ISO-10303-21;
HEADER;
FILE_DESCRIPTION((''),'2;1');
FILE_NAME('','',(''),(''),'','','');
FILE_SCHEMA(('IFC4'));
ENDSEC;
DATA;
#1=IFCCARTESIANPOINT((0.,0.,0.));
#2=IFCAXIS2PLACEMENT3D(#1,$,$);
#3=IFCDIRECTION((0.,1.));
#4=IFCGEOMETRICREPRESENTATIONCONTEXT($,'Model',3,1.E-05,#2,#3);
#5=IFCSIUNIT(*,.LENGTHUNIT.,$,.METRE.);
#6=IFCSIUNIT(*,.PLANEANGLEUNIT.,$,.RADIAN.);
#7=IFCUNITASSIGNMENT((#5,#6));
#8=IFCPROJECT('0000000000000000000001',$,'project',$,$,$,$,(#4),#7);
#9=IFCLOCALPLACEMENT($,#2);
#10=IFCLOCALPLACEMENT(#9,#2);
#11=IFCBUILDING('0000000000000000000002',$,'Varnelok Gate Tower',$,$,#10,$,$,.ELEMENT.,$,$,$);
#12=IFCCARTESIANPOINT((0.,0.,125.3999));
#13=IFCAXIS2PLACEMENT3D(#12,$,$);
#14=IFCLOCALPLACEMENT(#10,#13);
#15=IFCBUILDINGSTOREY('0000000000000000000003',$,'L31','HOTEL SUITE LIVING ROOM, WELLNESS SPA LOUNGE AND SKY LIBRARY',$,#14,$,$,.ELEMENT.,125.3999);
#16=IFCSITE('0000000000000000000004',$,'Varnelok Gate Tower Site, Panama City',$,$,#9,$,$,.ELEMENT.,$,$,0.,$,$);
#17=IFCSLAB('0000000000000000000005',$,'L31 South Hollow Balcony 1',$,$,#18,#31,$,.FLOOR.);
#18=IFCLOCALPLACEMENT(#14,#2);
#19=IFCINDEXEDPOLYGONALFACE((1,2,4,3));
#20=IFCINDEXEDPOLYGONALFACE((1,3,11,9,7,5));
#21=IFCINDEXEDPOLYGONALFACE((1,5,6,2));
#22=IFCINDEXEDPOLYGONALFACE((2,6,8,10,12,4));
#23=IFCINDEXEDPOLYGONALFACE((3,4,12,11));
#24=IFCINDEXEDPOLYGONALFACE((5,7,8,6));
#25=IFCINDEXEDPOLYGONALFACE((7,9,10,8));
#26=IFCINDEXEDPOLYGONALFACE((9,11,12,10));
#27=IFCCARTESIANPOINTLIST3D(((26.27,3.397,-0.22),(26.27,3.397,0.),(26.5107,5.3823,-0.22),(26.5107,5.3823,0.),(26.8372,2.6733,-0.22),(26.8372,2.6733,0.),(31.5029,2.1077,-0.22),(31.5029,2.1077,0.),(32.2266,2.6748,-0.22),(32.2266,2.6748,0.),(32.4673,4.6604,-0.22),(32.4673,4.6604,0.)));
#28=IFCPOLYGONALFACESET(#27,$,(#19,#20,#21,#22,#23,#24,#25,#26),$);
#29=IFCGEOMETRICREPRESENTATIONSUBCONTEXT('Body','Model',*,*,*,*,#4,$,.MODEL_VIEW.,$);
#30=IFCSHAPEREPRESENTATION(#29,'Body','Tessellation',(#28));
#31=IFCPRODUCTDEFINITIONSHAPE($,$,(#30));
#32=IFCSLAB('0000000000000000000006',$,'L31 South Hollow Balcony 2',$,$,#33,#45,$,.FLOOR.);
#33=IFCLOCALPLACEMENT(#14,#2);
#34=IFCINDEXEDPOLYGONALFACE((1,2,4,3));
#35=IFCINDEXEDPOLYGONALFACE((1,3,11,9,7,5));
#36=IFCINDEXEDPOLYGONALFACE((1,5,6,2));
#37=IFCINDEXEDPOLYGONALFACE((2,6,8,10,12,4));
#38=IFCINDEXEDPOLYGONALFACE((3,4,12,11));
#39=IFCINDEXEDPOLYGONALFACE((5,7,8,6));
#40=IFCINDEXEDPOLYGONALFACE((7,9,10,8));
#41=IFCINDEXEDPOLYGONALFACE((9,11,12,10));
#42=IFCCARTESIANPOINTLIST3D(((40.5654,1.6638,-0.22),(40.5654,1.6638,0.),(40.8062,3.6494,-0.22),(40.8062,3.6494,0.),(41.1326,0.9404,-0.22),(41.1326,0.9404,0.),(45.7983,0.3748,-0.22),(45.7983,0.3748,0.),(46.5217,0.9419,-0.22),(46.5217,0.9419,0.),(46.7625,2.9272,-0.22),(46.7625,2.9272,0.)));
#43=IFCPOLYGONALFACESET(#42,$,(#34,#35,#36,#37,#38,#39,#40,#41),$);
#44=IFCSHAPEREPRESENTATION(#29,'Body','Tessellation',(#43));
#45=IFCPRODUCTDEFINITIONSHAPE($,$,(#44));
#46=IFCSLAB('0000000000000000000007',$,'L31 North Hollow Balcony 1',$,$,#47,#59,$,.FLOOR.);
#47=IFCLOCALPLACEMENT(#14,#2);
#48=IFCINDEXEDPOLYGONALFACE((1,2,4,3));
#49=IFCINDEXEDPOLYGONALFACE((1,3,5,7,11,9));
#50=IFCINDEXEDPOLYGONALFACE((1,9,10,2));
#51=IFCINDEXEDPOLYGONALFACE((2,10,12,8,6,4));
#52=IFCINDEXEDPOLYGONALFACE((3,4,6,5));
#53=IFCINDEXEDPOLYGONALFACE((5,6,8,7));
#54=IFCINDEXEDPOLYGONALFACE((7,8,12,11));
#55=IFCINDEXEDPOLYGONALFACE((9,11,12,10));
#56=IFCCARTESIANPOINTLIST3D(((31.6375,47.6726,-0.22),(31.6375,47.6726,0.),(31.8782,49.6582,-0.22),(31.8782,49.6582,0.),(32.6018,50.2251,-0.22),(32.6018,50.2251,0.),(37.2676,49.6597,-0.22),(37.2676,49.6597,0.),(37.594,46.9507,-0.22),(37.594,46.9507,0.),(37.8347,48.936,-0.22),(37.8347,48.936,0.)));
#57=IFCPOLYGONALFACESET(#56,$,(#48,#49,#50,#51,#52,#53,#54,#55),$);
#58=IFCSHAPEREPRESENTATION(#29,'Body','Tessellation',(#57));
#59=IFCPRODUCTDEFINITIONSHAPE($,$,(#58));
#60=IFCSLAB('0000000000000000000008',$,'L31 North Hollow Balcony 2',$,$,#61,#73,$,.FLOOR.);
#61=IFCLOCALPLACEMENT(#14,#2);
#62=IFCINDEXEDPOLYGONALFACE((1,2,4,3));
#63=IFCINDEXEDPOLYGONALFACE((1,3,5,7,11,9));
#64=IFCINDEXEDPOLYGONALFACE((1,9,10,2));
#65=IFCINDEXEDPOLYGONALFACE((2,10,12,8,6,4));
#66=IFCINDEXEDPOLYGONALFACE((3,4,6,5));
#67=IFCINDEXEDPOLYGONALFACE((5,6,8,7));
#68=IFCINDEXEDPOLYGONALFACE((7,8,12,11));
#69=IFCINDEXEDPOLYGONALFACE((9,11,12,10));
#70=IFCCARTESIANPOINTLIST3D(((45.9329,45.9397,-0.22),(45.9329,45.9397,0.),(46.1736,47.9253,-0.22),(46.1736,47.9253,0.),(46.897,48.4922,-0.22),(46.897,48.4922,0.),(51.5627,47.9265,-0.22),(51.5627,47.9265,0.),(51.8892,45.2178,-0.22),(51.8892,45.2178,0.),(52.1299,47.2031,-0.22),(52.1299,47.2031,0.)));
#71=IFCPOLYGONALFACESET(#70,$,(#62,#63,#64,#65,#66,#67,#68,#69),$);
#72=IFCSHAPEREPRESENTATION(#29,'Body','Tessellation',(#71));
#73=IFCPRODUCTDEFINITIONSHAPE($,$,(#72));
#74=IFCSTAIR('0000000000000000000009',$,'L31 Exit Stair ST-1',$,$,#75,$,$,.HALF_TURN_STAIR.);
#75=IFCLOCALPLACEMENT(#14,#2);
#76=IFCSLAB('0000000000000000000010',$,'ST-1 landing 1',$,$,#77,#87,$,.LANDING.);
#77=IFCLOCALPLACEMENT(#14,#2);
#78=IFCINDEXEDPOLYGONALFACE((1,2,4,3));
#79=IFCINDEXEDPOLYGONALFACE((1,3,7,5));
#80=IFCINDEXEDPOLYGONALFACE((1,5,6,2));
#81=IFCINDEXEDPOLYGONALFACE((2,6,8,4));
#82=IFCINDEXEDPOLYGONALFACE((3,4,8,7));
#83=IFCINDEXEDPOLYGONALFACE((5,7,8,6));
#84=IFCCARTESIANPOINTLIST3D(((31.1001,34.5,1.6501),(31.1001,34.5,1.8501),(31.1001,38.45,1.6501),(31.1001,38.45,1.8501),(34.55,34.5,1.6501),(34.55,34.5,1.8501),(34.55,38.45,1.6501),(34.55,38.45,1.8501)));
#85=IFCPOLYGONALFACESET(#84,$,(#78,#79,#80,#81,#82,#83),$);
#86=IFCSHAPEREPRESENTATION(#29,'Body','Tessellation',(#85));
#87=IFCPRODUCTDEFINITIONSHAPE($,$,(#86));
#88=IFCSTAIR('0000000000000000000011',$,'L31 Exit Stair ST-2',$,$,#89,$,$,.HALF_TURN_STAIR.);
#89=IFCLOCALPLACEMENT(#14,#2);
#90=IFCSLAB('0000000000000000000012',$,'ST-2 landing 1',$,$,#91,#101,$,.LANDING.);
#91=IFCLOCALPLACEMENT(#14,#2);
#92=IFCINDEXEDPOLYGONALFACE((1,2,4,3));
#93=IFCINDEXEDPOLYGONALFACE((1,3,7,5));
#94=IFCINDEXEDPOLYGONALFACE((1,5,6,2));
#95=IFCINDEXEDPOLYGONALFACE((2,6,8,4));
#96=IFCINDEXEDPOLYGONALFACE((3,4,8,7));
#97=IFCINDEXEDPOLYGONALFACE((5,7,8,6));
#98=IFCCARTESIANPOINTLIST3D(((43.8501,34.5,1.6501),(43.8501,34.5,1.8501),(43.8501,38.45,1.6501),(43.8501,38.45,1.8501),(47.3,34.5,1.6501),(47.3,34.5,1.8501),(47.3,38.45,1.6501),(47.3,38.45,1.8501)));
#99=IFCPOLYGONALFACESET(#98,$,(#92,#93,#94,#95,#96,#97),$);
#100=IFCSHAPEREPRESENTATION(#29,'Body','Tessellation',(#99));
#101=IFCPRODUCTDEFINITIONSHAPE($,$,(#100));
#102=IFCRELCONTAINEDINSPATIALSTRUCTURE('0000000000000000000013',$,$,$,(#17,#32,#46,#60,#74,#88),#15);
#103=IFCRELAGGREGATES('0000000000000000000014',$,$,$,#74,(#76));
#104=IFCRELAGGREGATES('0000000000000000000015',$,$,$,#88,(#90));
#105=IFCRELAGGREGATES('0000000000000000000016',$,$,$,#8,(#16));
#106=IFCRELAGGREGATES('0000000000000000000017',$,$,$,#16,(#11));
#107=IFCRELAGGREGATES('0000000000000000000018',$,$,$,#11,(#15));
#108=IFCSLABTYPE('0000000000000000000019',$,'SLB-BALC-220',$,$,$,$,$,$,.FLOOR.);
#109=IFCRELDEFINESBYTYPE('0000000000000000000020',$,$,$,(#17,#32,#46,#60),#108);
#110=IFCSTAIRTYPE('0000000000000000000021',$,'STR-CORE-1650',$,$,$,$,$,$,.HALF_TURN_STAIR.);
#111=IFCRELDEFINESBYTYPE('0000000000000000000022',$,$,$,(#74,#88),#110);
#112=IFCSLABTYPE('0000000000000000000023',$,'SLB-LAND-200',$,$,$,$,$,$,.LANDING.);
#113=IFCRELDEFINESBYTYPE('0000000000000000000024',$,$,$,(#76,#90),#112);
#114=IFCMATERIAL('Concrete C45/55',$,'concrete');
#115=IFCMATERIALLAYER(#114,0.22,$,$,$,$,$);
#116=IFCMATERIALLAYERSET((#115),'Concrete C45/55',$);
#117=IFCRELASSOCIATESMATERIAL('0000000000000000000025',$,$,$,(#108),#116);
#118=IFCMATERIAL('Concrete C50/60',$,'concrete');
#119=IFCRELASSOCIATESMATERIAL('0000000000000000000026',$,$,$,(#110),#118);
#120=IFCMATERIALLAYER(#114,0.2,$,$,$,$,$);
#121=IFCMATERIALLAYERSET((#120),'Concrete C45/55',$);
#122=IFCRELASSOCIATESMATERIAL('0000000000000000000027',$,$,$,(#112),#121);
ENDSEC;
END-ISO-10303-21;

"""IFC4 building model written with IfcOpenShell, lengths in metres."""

from ifc_helpers import new_model, si_unit, direction, frame, origin, place, context, subcontext, project, spatial, polyline, outline, extrude, material, layer, layer_set, type_object, element, aggregate, save


model = new_model("IFC4")

# Units and contexts
model_context = context("Model", 3, precision=1e-05, world=origin(), true_north=direction((0.0, 1.0)))
body_context = subcontext(model_context, "Body", "Model", "MODEL_VIEW")
ifc_project = project(units=[si_unit("LENGTHUNIT", "METRE"), si_unit("PLANEANGLEUNIT", "RADIAN")], contexts=[model_context])

# Site, building, storey
site_placement = place(None, origin())
site = spatial("IfcSite", under=ifc_project, at=site_placement, Name="Varnelok Gate Tower Site, Panama City", CompositionType="ELEMENT", RefElevation=0.0)
building_placement = place(site_placement, origin())
building = spatial("IfcBuilding", under=site, at=building_placement, Name="Varnelok Gate Tower", CompositionType="ELEMENT")
storey_placement = place(building_placement, frame((0.0, 0.0, 125.3999)))
storey = spatial("IfcBuildingStorey", under=building, at=storey_placement, Name="L31", Description="HOTEL SUITE LIVING ROOM, WELLNESS SPA LOUNGE AND SKY LIBRARY", CompositionType="ELEMENT", Elevation=125.3999)

# Slabs
ifc_material_1 = material(Name="Concrete C45/55", Category="concrete")
ifc_layer_1 = layer(ifc_material_1, 0.22)
ifc_layer_set_1 = layer_set([ifc_layer_1], Name="Concrete C45/55")
slab_type_1 = type_object("IfcSlabType", Name="SLB-BALC-220", PredefinedType="FLOOR", material=ifc_layer_set_1)
slab_1_placement = place(storey_placement, frame((0.0, 0.0, -0.22)))
element("IfcSlab", 1, at=slab_1_placement, inside=storey, type_object=slab_type_1, Name="L31 South Hollow Balcony 1", PredefinedType="FLOOR", context=body_context, shape_type="SweptSolid", body=[
    extrude(outline(polyline([(26.27, 3.397), (26.8372, 2.6733), (31.5029, 2.1077), (32.2266, 2.6748), (32.4673, 4.6604), (26.5107, 5.3823), (26.27, 3.397)])), origin(), (0.0, 0.0, 1.0), 0.22),
])
slab_2_placement = place(storey_placement, frame((0.0, 0.0, -0.22)))
element("IfcSlab", 2, at=slab_2_placement, inside=storey, type_object=slab_type_1, Name="L31 South Hollow Balcony 2", PredefinedType="FLOOR", context=body_context, shape_type="SweptSolid", body=[
    extrude(outline(polyline([(40.5654, 1.6638), (41.1326, 0.9404), (45.7983, 0.3748), (46.5217, 0.9419), (46.7625, 2.9272), (40.8062, 3.6494), (40.5654, 1.6638)])), origin(), (0.0, 0.0, 1.0), 0.22),
])
slab_3_placement = place(storey_placement, frame((0.0, 0.0, -0.22)))
element("IfcSlab", 3, at=slab_3_placement, inside=storey, type_object=slab_type_1, Name="L31 North Hollow Balcony 1", PredefinedType="FLOOR", context=body_context, shape_type="SweptSolid", body=[
    extrude(outline(polyline([(31.6375, 47.6726), (37.594, 46.9507), (37.8347, 48.936), (37.2676, 49.6597), (32.6018, 50.2251), (31.8782, 49.6582), (31.6375, 47.6726)])), origin(), (0.0, 0.0, 1.0), 0.22),
])
slab_4_placement = place(storey_placement, frame((0.0, 0.0, -0.22)))
element("IfcSlab", 4, at=slab_4_placement, inside=storey, type_object=slab_type_1, Name="L31 North Hollow Balcony 2", PredefinedType="FLOOR", context=body_context, shape_type="SweptSolid", body=[
    extrude(outline(polyline([(45.9329, 45.9397), (51.8892, 45.2178), (52.1299, 47.2031), (51.5627, 47.9265), (46.897, 48.4922), (46.1736, 47.9253), (45.9329, 45.9397)])), origin(), (0.0, 0.0, 1.0), 0.22),
])

# Stairs, slabs
ifc_material_2 = material(Name="Concrete C50/60", Category="concrete")
stair_type = type_object("IfcStairType", Name="STR-CORE-1650", PredefinedType="HALF_TURN_STAIR", material=ifc_material_2)
stair_1_placement = place(storey_placement, origin())
stair_1 = element("IfcStair", 5, at=stair_1_placement, inside=storey, type_object=stair_type, Name="L31 Exit Stair ST-1", PredefinedType="HALF_TURN_STAIR")
ifc_layer_2 = layer(ifc_material_1, 0.2)
ifc_layer_set_2 = layer_set([ifc_layer_2], Name="Concrete C45/55")
slab_type_2 = type_object("IfcSlabType", Name="SLB-LAND-200", PredefinedType="LANDING", material=ifc_layer_set_2)
slab_5_placement = place(storey_placement, frame((0.0, 0.0, 1.6501)))
slab_5 = element("IfcSlab", 6, at=slab_5_placement, type_object=slab_type_2, Name="ST-1 landing 1", PredefinedType="LANDING", context=body_context, shape_type="SweptSolid", body=[
    extrude(outline(polyline([(34.55, 34.5), (34.55, 38.45), (31.1001, 38.45), (31.1001, 34.5), (34.55, 34.5)])), origin(), (0.0, 0.0, 1.0), 0.2),
])
aggregate(stair_1, [slab_5])
stair_2_placement = place(storey_placement, origin())
stair_2 = element("IfcStair", 7, at=stair_2_placement, inside=storey, type_object=stair_type, Name="L31 Exit Stair ST-2", PredefinedType="HALF_TURN_STAIR")
slab_6_placement = place(storey_placement, frame((0.0, 0.0, 1.6501)))
slab_6 = element("IfcSlab", 8, at=slab_6_placement, type_object=slab_type_2, Name="ST-2 landing 1", PredefinedType="LANDING", context=body_context, shape_type="SweptSolid", body=[
    extrude(outline(polyline([(47.3, 34.5), (47.3, 38.45), (43.8501, 38.45), (43.8501, 34.5), (47.3, 34.5)])), origin(), (0.0, 0.0, 1.0), 0.2),
])
aggregate(stair_2, [slab_6])

save(model, "model.ifc")
